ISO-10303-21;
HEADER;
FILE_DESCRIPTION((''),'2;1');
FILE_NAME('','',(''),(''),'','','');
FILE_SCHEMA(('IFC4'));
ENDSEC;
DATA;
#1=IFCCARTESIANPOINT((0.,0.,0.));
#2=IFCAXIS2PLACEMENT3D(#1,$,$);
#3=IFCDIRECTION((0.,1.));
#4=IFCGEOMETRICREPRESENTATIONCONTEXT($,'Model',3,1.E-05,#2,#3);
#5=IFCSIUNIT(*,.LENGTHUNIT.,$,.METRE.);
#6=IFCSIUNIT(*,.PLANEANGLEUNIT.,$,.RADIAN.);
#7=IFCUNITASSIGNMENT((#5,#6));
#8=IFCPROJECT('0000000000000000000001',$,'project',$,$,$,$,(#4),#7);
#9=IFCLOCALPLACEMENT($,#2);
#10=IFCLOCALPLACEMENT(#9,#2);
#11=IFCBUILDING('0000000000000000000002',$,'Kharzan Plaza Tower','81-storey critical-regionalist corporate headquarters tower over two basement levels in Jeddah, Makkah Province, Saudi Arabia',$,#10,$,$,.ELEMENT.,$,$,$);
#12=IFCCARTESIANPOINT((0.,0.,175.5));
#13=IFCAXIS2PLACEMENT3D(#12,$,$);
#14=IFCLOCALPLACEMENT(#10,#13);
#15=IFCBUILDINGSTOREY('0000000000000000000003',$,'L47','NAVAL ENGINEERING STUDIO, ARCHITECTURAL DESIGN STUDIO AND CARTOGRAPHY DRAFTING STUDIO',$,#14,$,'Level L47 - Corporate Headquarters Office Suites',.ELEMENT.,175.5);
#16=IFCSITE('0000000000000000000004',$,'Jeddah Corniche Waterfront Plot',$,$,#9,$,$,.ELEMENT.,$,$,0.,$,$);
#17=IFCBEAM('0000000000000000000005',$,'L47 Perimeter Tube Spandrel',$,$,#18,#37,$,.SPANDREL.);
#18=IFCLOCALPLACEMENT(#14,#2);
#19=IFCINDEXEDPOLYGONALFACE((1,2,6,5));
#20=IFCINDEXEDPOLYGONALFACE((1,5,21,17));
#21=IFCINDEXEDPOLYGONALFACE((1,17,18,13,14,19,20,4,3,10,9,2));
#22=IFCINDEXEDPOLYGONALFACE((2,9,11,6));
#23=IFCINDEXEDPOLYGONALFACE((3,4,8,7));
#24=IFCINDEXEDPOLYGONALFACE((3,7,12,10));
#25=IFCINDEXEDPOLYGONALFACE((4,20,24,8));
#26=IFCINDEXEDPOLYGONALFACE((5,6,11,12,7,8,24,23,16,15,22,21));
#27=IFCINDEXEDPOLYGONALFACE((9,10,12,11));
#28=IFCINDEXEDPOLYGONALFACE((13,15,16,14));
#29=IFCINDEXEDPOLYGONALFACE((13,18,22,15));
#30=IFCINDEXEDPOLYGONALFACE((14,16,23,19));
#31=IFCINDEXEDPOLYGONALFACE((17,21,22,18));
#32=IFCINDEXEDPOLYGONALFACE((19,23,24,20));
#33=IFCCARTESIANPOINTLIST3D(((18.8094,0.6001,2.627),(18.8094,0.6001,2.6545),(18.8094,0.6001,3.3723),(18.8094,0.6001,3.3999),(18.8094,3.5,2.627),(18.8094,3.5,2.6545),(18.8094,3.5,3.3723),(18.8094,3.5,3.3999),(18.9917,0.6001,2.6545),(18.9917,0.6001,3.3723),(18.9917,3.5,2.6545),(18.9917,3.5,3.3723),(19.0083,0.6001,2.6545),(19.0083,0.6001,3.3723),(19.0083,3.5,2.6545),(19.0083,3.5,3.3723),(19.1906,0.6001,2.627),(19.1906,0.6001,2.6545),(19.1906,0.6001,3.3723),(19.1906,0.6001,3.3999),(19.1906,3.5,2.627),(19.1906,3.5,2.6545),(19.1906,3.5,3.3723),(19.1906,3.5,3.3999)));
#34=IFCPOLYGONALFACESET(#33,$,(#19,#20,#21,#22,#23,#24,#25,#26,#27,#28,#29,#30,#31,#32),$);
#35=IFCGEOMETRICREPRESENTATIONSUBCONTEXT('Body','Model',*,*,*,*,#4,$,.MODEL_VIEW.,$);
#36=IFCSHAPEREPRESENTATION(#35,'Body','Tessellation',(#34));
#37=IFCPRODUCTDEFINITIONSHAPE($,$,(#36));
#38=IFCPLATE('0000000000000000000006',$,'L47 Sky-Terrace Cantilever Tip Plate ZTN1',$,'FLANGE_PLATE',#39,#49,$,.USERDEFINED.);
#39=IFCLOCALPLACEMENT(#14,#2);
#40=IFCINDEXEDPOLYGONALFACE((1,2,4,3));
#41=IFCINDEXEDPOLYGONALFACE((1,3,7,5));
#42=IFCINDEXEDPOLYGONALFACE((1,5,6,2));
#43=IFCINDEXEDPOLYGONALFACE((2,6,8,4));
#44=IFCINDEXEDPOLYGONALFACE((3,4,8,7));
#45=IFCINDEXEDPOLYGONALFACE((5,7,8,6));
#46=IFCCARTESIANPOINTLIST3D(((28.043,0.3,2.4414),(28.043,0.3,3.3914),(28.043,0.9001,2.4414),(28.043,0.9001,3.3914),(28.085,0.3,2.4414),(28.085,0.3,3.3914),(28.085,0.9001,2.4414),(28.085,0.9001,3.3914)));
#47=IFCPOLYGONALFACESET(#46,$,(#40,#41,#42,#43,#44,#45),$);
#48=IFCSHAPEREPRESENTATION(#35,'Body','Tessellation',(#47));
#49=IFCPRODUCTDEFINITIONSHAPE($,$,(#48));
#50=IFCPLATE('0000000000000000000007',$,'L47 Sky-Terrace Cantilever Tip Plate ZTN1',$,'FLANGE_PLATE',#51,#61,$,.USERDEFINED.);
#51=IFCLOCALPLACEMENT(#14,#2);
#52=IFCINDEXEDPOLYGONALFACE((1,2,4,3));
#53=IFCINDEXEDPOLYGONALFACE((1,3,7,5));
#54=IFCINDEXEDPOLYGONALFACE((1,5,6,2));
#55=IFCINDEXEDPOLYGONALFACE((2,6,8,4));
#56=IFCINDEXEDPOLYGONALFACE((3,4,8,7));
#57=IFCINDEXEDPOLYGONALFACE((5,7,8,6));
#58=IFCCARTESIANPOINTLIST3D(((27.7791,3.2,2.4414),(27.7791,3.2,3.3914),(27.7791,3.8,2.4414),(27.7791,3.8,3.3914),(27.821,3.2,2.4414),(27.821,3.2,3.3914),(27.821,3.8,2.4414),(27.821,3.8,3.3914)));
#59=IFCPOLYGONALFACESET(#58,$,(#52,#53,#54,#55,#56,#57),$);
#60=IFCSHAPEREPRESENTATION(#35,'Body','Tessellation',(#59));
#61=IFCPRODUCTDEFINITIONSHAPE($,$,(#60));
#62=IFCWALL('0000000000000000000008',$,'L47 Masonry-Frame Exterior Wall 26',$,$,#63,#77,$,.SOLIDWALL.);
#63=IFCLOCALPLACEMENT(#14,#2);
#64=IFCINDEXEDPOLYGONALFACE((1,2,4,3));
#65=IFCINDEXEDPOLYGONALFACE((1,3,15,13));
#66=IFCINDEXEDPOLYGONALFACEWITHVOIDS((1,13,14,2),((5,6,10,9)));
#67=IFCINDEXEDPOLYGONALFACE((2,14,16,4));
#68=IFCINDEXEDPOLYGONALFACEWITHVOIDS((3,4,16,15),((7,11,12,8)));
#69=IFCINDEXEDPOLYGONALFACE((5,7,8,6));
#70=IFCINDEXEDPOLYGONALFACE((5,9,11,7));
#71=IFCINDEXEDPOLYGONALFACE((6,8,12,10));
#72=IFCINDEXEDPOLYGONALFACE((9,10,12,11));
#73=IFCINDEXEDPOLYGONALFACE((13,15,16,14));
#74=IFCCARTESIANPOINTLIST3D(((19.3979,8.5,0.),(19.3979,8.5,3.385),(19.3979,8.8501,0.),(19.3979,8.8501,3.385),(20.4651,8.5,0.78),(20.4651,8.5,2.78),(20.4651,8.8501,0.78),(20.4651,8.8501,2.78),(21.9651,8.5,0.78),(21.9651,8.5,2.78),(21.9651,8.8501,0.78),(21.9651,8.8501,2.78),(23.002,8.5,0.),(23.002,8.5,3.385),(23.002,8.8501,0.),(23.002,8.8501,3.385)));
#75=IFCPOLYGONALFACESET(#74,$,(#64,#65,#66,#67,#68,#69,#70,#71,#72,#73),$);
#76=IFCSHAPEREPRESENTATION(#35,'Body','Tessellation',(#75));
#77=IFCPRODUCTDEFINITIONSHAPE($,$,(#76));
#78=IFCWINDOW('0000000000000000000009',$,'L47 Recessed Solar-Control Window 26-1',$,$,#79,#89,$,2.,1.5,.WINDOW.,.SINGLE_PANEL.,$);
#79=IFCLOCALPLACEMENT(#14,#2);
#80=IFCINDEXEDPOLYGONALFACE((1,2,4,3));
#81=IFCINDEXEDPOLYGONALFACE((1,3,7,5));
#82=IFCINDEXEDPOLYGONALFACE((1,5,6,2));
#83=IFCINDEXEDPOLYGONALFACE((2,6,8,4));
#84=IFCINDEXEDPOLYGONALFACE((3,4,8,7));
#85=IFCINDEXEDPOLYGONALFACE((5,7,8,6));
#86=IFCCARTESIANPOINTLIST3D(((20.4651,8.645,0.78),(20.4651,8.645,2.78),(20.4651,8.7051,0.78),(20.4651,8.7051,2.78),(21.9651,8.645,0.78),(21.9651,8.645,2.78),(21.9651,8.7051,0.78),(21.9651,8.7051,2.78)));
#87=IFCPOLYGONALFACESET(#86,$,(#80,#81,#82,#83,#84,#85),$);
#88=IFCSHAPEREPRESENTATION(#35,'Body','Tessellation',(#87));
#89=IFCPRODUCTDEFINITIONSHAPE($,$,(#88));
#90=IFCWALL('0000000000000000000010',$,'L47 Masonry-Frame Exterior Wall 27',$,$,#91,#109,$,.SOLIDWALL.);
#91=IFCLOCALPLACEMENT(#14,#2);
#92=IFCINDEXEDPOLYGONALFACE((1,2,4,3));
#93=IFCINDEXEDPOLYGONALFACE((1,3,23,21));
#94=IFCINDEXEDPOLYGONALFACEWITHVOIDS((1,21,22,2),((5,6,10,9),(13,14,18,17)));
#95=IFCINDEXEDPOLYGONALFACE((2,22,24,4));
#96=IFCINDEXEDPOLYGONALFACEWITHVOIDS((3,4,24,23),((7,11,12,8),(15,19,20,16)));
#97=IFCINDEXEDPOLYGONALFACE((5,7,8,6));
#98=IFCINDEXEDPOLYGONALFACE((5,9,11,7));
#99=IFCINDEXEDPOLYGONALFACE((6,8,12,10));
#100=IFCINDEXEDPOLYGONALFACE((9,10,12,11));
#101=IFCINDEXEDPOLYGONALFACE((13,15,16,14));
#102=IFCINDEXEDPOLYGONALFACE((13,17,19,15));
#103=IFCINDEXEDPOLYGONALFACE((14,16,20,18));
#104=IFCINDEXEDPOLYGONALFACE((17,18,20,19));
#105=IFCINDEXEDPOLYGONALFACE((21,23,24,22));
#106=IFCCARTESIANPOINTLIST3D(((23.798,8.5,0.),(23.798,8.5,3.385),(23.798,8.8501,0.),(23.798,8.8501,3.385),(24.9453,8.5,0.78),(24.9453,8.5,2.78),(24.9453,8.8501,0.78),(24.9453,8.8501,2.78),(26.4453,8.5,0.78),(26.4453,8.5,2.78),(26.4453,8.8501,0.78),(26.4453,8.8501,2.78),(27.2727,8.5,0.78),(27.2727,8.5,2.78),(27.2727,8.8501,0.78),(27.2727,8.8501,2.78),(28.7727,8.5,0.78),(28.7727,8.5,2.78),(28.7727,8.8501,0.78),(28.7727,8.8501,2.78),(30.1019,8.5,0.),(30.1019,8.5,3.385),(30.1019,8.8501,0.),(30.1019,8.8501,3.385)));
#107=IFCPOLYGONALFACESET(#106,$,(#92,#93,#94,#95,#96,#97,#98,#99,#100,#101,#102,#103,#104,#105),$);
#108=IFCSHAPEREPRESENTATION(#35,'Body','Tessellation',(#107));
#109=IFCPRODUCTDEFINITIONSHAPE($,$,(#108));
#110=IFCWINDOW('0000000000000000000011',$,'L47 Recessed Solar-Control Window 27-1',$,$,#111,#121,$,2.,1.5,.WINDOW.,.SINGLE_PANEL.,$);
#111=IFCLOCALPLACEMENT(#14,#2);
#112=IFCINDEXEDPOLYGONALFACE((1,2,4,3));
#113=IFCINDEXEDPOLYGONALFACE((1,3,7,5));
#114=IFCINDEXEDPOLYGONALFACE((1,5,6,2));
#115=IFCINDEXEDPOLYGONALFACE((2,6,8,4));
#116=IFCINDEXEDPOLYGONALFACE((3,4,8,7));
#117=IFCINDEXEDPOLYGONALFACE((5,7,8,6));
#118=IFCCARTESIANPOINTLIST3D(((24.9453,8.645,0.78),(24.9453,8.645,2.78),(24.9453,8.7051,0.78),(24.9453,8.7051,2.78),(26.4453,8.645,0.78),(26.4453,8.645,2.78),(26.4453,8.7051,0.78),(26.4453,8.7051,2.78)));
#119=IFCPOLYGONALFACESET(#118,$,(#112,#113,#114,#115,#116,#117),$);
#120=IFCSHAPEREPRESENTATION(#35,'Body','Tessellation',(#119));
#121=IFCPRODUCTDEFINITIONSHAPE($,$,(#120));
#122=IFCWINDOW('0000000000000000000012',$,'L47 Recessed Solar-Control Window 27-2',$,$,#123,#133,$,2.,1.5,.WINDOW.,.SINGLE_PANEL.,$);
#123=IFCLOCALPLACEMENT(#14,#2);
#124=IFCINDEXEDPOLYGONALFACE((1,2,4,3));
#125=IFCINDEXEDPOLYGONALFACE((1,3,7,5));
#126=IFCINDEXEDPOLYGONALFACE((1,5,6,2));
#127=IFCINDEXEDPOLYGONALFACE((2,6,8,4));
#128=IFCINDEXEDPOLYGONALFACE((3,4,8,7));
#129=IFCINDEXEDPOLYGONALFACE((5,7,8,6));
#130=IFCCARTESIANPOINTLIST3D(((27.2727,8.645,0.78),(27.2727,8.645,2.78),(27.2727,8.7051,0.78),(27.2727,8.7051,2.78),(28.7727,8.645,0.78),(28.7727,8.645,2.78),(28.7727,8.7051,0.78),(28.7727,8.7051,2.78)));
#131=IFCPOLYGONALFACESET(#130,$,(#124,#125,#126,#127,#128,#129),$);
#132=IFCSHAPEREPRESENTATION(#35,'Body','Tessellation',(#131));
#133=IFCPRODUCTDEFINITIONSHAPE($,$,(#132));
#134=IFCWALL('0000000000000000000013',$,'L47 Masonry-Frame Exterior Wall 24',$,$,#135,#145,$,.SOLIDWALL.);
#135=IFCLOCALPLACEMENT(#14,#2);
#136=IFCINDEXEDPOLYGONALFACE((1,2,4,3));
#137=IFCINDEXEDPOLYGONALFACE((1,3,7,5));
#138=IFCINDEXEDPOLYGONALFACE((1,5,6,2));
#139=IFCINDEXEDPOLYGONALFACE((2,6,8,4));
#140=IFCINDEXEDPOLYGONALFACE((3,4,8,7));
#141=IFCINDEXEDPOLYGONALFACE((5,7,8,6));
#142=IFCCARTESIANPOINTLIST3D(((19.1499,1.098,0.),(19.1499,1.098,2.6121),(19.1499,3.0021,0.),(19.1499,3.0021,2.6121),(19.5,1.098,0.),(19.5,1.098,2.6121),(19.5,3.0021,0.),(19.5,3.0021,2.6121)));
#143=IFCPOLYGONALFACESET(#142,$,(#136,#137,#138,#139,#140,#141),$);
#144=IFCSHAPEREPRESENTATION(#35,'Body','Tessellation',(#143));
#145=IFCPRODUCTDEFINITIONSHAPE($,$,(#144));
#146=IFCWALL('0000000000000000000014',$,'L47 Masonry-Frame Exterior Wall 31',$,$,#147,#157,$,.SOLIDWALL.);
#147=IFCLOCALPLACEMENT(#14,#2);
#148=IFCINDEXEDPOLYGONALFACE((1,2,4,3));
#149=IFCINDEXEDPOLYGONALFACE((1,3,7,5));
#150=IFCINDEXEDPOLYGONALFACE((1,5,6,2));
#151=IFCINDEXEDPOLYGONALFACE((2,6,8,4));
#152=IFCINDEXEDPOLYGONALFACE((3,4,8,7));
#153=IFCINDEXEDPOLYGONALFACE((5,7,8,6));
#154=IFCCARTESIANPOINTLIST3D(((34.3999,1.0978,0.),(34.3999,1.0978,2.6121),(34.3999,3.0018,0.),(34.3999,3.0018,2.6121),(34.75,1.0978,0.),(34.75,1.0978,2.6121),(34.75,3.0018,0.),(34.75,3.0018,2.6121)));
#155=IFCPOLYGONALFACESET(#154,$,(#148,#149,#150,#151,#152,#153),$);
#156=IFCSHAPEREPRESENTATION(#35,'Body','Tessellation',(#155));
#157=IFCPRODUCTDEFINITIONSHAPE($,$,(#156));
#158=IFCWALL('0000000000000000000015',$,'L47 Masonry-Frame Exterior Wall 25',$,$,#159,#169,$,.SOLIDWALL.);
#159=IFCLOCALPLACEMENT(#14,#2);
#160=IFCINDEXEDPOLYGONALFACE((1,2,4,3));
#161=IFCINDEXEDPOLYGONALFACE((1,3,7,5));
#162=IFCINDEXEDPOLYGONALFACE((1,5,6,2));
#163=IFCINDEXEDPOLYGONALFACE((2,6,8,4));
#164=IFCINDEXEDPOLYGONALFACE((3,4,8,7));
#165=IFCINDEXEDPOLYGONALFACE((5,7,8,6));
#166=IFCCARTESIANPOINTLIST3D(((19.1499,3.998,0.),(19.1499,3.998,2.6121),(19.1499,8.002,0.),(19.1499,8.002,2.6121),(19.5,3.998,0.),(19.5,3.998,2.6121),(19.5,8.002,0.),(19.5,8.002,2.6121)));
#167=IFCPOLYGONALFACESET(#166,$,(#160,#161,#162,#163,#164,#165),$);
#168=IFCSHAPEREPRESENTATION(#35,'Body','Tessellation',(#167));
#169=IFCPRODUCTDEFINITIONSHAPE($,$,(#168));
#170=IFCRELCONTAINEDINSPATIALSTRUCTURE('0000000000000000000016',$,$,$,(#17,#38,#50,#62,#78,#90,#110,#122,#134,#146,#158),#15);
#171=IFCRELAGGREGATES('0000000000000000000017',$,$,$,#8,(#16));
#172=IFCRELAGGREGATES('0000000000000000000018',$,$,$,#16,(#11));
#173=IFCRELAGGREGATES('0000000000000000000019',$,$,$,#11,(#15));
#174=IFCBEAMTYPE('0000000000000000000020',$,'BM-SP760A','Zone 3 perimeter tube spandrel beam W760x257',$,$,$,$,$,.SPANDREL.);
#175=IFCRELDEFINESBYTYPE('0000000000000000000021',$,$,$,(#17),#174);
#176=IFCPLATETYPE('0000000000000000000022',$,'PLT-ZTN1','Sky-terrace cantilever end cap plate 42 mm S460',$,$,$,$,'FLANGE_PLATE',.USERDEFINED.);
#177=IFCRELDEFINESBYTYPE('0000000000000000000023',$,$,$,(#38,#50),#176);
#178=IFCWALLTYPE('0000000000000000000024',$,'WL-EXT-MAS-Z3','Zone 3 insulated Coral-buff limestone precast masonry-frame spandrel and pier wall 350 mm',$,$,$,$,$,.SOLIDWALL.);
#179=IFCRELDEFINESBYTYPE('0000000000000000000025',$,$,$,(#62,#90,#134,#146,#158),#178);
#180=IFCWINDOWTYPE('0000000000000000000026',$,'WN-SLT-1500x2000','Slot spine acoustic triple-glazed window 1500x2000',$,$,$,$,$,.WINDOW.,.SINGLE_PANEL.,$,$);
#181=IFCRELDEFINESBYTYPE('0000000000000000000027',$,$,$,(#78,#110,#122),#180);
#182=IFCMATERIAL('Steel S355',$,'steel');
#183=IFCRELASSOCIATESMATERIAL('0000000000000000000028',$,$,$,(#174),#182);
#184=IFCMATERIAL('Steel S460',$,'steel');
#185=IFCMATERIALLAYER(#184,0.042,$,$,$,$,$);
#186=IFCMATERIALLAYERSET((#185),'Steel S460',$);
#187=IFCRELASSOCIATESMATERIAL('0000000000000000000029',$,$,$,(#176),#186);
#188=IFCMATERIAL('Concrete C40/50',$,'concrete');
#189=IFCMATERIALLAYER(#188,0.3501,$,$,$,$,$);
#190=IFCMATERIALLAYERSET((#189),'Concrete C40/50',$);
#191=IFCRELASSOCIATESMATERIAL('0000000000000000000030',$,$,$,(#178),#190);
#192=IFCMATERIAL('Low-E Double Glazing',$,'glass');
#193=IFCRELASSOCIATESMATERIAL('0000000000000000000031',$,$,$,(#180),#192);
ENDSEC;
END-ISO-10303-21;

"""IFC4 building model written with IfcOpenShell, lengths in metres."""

from ifc_helpers import new_model, si_unit, direction, frame, frame_2d, origin, origin_2d, place, context, subcontext, project, spatial, rectangle, i_section, extrude, source, transform, mapped, material, layer, layer_set, material_profile, profile_set, type_object, element, fill, save


model = new_model("IFC4")

# Units and contexts
model_context = context("Model", 3, precision=1e-05, world=origin(), true_north=direction((0.0, 1.0)))
body_context = subcontext(model_context, "Body", "Model", "MODEL_VIEW")
ifc_project = project(units=[si_unit("LENGTHUNIT", "METRE"), si_unit("PLANEANGLEUNIT", "RADIAN")], contexts=[model_context])

# Site, building, storey
site_placement = place(None, origin())
site = spatial("IfcSite", under=ifc_project, at=site_placement, Name="Jeddah Corniche Waterfront Plot", CompositionType="ELEMENT", RefElevation=0.0)
building_placement = place(site_placement, origin())
building = spatial("IfcBuilding", under=site, at=building_placement, Name="Kharzan Plaza Tower", Description="81-storey critical-regionalist corporate headquarters tower over two basement levels in Jeddah, Makkah Province, Saudi Arabia", CompositionType="ELEMENT")
storey_placement = place(building_placement, frame((0.0, 0.0, 175.5)))
storey = spatial("IfcBuildingStorey", under=building, at=storey_placement, Name="L47", Description="NAVAL ENGINEERING STUDIO, ARCHITECTURAL DESIGN STUDIO AND CARTOGRAPHY DRAFTING STUDIO", LongName="Level L47 - Corporate Headquarters Office Suites", CompositionType="ELEMENT", Elevation=175.5)

# Shared definitions
ifc_material_1 = material(Name="Steel S355", Category="steel")

# Beam
ifc_material_profile_1 = material_profile(ifc_material_1, i_section(OverallWidth=0.3811, OverallDepth=0.7729, WebThickness=0.0166, FlangeThickness=0.0276, at=origin_2d()), Name="W760x257")
ifc_profile_set_1 = profile_set([ifc_material_profile_1], Name="Steel S355")
beam_type_1 = type_object("IfcBeamType", Name="BM-SP760A", Description="Zone 3 perimeter tube spandrel beam W760x257", PredefinedType="SPANDREL", material=ifc_profile_set_1)
shared_shape_1 = source(origin(), body_context, "Body", "SweptSolid", [
    extrude(i_section(OverallWidth=0.3811, OverallDepth=0.7729, WebThickness=0.0166, FlangeThickness=0.0276, at=origin_2d()), origin(), (0.0, 0.0, 1.0), 2.8999),
])
beam_1_placement = place(storey_placement, frame((19.0, 0.6001, 3.0134), z_axis=(0.0, 1.0, 0.0), x_axis=(-1.0, 0.0, 0.0)))
element("IfcBeam", 1, at=beam_1_placement, inside=storey, type_object=beam_type_1, Name="L47 Perimeter Tube Spandrel", PredefinedType="SPANDREL", context=body_context, shape_type="MappedRepresentation", body=[
    mapped(shared_shape_1, transform((0.0, 0.0, 0.0), x_axis=(1.0, 0.0, 0.0), y_axis=(0.0, 1.0, 0.0), z_axis=(0.0, 0.0, 1.0))),
])

# Plates
ifc_material_2 = material(Name="Steel S460", Category="steel")
ifc_layer_1 = layer(ifc_material_2, 0.042)
ifc_layer_set_1 = layer_set([ifc_layer_1], Name="Steel S460")
plate_type = type_object("IfcPlateType", Name="PLT-ZTN1", Description="Sky-terrace cantilever end cap plate 42 mm S460", ElementType="FLANGE_PLATE", PredefinedType="USERDEFINED", material=ifc_layer_set_1)
shared_shape_2 = source(origin(), body_context, "Body", "SweptSolid", [
    extrude(rectangle(XDim=0.6001, YDim=0.042, at=origin_2d()), origin(), (0.0, 0.0, 1.0), 0.95),
])
for number, where, z_axis, x_axis, name in (
    (2, (28.064, 0.6001, 2.4414), (0.0, 0.0, 1.0), (0.0, 1.0, 0.0), "L47 Sky-Terrace Cantilever Tip Plate ZTN1"),
    (3, (27.8, 3.5, 2.4414), (0.0, 0.0, 1.0), (0.0, 1.0, 0.0), "L47 Sky-Terrace Cantilever Tip Plate ZTN1"),
):
    element("IfcPlate", number, at=place(storey_placement, frame(where, z_axis=z_axis, x_axis=x_axis)), inside=storey, type_object=plate_type, Name=name, ObjectType="FLANGE_PLATE", PredefinedType="USERDEFINED", context=body_context, shape_type="MappedRepresentation", body=[
        mapped(shared_shape_2, transform((0.0, 0.0, 0.0), x_axis=(1.0, 0.0, 0.0), y_axis=(0.0, 1.0, 0.0), z_axis=(0.0, 0.0, 1.0))),
    ])

# Wall, opening, window
ifc_material_3 = material(Name="Concrete C40/50", Category="concrete")
ifc_layer_2 = layer(ifc_material_3, 0.3501)
ifc_layer_set_2 = layer_set([ifc_layer_2], Name="Concrete C40/50")
wall_type_1 = type_object("IfcWallType", Name="WL-EXT-MAS-Z3", Description="Zone 3 insulated Coral-buff limestone precast masonry-frame spandrel and pier wall 350 mm", PredefinedType="SOLIDWALL", material=ifc_layer_set_2)
wall_1_placement = place(storey_placement, frame((19.3979, 8.675, 0.0), z_axis=(0.0, 0.0, 1.0), x_axis=(1.0, 0.0, 0.0)))
wall_1 = element("IfcWall", 4, at=wall_1_placement, inside=storey, type_object=wall_type_1, Name="L47 Masonry-Frame Exterior Wall 26", PredefinedType="SOLIDWALL", context=body_context, shape_type="SweptSolid", body=[
    extrude(rectangle(XDim=3.604, YDim=0.3501, at=frame_2d((1.802, 0.0))), origin(), (0.0, 0.0, 1.0), 3.385),
])
opening_1_placement = place(wall_1_placement, frame((1.0671, 0.0, 0.78)))
opening_1 = element("IfcOpeningElement", 5, at=opening_1_placement, cuts=wall_1, PredefinedType="OPENING", context=body_context, shape_type="SweptSolid", body=[
    extrude(rectangle(XDim=1.5, YDim=2.0, at=frame_2d((0.75, 1.0))), frame((0.0, 0.1851, 0.0), z_axis=(0.0, -1.0, 0.0), x_axis=(1.0, 0.0, 0.0)), (0.0, 0.0, 1.0), 0.3701),
])
ifc_material_4 = material(Name="Low-E Double Glazing", Category="glass")
window_type = type_object("IfcWindowType", Name="WN-SLT-1500x2000", Description="Slot spine acoustic triple-glazed window 1500x2000", PartitioningType="SINGLE_PANEL", PredefinedType="WINDOW", material=ifc_material_4)
shared_shape_3 = source(origin(), body_context, "Body", "SweptSolid", [
    extrude(rectangle(XDim=1.5, YDim=2.0, at=frame_2d((0.75, 1.0))), frame((0.0, 0.03, 0.0), z_axis=(0.0, -1.0, 0.0), x_axis=(1.0, 0.0, 0.0)), (0.0, 0.0, 1.0), 0.0601),
])
window_1_placement = place(opening_1_placement, origin())
window_1 = element("IfcWindow", 6, at=window_1_placement, inside=storey, type_object=window_type, Name="L47 Recessed Solar-Control Window 26-1", OverallHeight=2.0, OverallWidth=1.5, PartitioningType="SINGLE_PANEL", PredefinedType="WINDOW", context=body_context, shape_type="MappedRepresentation", body=[
    mapped(shared_shape_3, transform((0.0, 0.0, 0.0), x_axis=(1.0, 0.0, 0.0), y_axis=(0.0, 1.0, 0.0), z_axis=(0.0, 0.0, 1.0))),
])
fill(opening_1, window_1)

# Wall, openings, windows
wall_2_placement = place(storey_placement, frame((23.7981, 8.675, 0.0), z_axis=(0.0, 0.0, 1.0), x_axis=(1.0, 0.0, 0.0)))
wall_2 = element("IfcWall", 7, at=wall_2_placement, inside=storey, type_object=wall_type_1, Name="L47 Masonry-Frame Exterior Wall 27", PredefinedType="SOLIDWALL", context=body_context, shape_type="SweptSolid", body=[
    extrude(rectangle(XDim=6.304, YDim=0.3501, at=frame_2d((3.1519, 0.0))), origin(), (0.0, 0.0, 1.0), 3.385),
])
opening_2_placement = place(wall_2_placement, frame((1.1472, 0.0, 0.78)))
opening_2 = element("IfcOpeningElement", 8, at=opening_2_placement, cuts=wall_2, PredefinedType="OPENING", context=body_context, shape_type="SweptSolid", body=[
    extrude(rectangle(XDim=1.5, YDim=2.0, at=frame_2d((0.75, 1.0))), frame((0.0, 0.1851, 0.0), z_axis=(0.0, -1.0, 0.0), x_axis=(1.0, 0.0, 0.0)), (0.0, 0.0, 1.0), 0.3701),
])
opening_3_placement = place(wall_2_placement, frame((3.4746, 0.0, 0.78)))
opening_3 = element("IfcOpeningElement", 9, at=opening_3_placement, cuts=wall_2, PredefinedType="OPENING", context=body_context, shape_type="SweptSolid", body=[
    extrude(rectangle(XDim=1.5, YDim=2.0, at=frame_2d((0.75, 1.0))), frame((0.0, 0.1851, 0.0), z_axis=(0.0, -1.0, 0.0), x_axis=(1.0, 0.0, 0.0)), (0.0, 0.0, 1.0), 0.3701),
])
window_2_placement = place(opening_2_placement, origin())
window_2 = element("IfcWindow", 10, at=window_2_placement, inside=storey, type_object=window_type, Name="L47 Recessed Solar-Control Window 27-1", OverallHeight=2.0, OverallWidth=1.5, PartitioningType="SINGLE_PANEL", PredefinedType="WINDOW", context=body_context, shape_type="MappedRepresentation", body=[
    mapped(shared_shape_3, transform((0.0, 0.0, 0.0), x_axis=(1.0, 0.0, 0.0), y_axis=(0.0, 1.0, 0.0), z_axis=(0.0, 0.0, 1.0))),
])
fill(opening_2, window_2)
window_3_placement = place(opening_3_placement, origin())
window_3 = element("IfcWindow", 11, at=window_3_placement, inside=storey, type_object=window_type, Name="L47 Recessed Solar-Control Window 27-2", OverallHeight=2.0, OverallWidth=1.5, PartitioningType="SINGLE_PANEL", PredefinedType="WINDOW", context=body_context, shape_type="MappedRepresentation", body=[
    mapped(shared_shape_3, transform((0.0, 0.0, 0.0), x_axis=(1.0, 0.0, 0.0), y_axis=(0.0, 1.0, 0.0), z_axis=(0.0, 0.0, 1.0))),
])
fill(opening_3, window_3)

# Walls
shared_shape_4 = source(origin(), body_context, "Body", "SweptSolid", [
    extrude(rectangle(XDim=1.9041, YDim=0.3501, at=frame_2d((0.9521, 0.0))), origin(), (0.0, 0.0, 1.0), 2.6121),
])
for number, where, z_axis, x_axis, name in (
    (12, (19.325, 1.0979, 0.0), (0.0, 0.0, 1.0), (0.0, 1.0, 0.0), "L47 Masonry-Frame Exterior Wall 24"),
    (13, (34.575, 3.002, 0.0), (0.0, 0.0, 1.0), (0.0, -1.0, 0.0), "L47 Masonry-Frame Exterior Wall 31"),
):
    element("IfcWall", number, at=place(storey_placement, frame(where, z_axis=z_axis, x_axis=x_axis)), inside=storey, type_object=wall_type_1, Name=name, PredefinedType="SOLIDWALL", context=body_context, shape_type="MappedRepresentation", body=[
        mapped(shared_shape_4, transform((0.0, 0.0, 0.0), x_axis=(1.0, 0.0, 0.0), y_axis=(0.0, 1.0, 0.0), z_axis=(0.0, 0.0, 1.0))),
    ])
shared_shape_5 = source(origin(), body_context, "Body", "SweptSolid", [
    extrude(rectangle(XDim=4.0039, YDim=0.3501, at=frame_2d((2.002, 0.0))), origin(), (0.0, 0.0, 1.0), 2.6121),
])
wall_3_placement = place(storey_placement, frame((19.325, 3.998, 0.0), z_axis=(0.0, 0.0, 1.0), x_axis=(0.0, 1.0, 0.0)))
element("IfcWall", 14, at=wall_3_placement, inside=storey, type_object=wall_type_1, Name="L47 Masonry-Frame Exterior Wall 25", PredefinedType="SOLIDWALL", context=body_context, shape_type="MappedRepresentation", body=[
    mapped(shared_shape_5, transform((0.0, 0.0, 0.0), x_axis=(1.0, 0.0, 0.0), y_axis=(0.0, 1.0, 0.0), z_axis=(0.0, 0.0, 1.0))),
])

save(model, "model.ifc")
